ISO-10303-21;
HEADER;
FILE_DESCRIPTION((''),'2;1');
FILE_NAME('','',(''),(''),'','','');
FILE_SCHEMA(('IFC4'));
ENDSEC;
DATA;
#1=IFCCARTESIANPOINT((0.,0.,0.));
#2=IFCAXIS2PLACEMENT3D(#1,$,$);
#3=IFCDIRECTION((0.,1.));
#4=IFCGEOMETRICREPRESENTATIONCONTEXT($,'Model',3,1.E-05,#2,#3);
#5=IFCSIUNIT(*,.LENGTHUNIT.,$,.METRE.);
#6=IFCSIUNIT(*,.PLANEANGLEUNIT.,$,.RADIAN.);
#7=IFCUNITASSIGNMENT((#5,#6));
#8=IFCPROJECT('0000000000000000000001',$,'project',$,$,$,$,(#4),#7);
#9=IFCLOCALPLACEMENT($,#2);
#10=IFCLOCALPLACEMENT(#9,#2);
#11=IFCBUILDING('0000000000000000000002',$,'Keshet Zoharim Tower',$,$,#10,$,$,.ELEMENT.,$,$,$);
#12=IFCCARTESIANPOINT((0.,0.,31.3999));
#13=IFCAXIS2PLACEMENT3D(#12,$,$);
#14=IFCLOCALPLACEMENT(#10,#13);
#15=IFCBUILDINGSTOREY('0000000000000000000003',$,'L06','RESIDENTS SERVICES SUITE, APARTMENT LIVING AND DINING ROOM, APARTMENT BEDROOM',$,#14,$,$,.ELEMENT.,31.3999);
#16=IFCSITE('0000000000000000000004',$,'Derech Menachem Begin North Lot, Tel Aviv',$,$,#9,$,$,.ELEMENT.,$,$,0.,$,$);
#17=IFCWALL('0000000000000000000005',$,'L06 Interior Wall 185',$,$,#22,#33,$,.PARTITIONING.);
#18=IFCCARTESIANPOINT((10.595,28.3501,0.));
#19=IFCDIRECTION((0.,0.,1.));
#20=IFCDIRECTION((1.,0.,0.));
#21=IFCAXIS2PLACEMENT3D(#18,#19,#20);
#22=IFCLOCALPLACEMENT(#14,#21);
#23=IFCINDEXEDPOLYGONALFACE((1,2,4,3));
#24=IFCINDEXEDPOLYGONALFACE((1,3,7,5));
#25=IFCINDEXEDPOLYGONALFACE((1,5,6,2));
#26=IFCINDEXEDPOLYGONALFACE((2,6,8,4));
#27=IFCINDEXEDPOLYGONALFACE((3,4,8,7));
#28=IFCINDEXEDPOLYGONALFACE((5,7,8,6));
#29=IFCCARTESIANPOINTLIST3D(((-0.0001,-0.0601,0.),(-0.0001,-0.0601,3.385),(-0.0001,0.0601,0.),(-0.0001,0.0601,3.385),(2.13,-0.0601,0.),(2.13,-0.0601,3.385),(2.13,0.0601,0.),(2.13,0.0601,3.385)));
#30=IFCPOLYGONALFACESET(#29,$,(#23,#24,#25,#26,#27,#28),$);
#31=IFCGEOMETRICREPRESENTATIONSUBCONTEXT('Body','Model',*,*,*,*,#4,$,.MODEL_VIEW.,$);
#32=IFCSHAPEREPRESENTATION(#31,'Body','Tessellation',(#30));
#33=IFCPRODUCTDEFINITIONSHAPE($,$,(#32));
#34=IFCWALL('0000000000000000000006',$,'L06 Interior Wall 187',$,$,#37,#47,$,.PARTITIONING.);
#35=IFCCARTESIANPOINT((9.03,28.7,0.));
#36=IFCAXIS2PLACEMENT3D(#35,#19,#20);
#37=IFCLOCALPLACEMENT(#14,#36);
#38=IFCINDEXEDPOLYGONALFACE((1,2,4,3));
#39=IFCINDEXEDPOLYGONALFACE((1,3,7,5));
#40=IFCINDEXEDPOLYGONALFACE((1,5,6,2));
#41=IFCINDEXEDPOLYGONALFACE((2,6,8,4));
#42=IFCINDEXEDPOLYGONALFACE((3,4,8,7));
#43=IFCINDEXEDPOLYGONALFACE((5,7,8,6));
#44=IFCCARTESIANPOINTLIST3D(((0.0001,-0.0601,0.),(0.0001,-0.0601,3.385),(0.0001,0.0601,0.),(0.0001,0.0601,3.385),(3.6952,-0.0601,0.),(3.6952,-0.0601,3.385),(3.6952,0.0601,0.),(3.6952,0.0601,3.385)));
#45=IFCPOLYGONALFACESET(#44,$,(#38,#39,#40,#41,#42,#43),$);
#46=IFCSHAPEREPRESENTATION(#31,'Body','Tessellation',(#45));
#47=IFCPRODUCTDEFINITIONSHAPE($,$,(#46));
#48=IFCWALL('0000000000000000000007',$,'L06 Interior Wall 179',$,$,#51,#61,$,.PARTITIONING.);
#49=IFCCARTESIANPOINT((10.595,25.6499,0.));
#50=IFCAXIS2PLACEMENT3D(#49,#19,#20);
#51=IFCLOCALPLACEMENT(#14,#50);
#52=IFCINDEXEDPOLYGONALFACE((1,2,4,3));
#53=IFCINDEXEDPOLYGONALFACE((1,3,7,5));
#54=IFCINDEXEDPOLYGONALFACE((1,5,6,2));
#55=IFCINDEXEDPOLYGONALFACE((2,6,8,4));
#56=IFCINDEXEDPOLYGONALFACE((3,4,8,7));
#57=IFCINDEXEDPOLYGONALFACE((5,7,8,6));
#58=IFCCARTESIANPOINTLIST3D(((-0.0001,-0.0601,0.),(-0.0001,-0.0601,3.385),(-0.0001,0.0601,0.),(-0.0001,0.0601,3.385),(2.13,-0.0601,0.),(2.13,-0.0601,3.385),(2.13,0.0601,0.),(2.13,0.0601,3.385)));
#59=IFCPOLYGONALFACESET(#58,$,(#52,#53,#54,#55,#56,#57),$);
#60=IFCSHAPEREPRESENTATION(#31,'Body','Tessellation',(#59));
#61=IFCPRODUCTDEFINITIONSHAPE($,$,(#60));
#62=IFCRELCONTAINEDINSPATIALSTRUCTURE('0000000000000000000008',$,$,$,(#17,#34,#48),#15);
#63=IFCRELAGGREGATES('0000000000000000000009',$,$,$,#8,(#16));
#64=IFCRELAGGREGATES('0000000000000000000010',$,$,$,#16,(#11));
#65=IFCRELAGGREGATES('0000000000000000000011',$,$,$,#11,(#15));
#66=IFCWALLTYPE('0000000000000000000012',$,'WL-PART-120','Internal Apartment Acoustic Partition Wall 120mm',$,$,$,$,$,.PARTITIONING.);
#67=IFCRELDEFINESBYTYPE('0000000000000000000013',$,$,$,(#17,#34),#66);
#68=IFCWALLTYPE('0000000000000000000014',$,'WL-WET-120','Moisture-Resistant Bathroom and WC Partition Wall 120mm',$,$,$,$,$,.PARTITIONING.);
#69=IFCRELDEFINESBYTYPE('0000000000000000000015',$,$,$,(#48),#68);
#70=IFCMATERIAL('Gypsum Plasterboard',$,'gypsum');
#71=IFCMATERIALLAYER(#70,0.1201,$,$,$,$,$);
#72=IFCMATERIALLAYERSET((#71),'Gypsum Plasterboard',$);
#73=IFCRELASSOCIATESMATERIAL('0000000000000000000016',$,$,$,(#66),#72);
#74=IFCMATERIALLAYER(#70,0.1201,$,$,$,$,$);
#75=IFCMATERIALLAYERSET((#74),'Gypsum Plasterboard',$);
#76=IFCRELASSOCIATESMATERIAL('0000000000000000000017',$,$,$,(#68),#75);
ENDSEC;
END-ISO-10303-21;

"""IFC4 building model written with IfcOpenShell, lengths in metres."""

from ifc_helpers import new_model, si_unit, direction, frame, frame_2d, origin, place, context, subcontext, project, spatial, rectangle, extrude, material, layer, layer_set, type_object, element, save


model = new_model("IFC4")

# Units and contexts
model_context = context("Model", 3, precision=1e-05, world=origin(), true_north=direction((0.0, 1.0)))
body_context = subcontext(model_context, "Body", "Model", "MODEL_VIEW")
ifc_project = project(units=[si_unit("LENGTHUNIT", "METRE"), si_unit("PLANEANGLEUNIT", "RADIAN")], contexts=[model_context])

# Site, building, storey
site_placement = place(None, origin())
site = spatial("IfcSite", under=ifc_project, at=site_placement, Name="Derech Menachem Begin North Lot, Tel Aviv", CompositionType="ELEMENT", RefElevation=0.0)
building_placement = place(site_placement, origin())
building = spatial("IfcBuilding", under=site, at=building_placement, Name="Keshet Zoharim Tower", CompositionType="ELEMENT")
storey_placement = place(building_placement, frame((0.0, 0.0, 31.3999)))
storey = spatial("IfcBuildingStorey", under=building, at=storey_placement, Name="L06", Description="RESIDENTS SERVICES SUITE, APARTMENT LIVING AND DINING ROOM, APARTMENT BEDROOM", CompositionType="ELEMENT", Elevation=31.3999)

# Shared definitions
ifc_material_1 = material(Name="Gypsum Plasterboard", Category="gypsum")
ifc_layer_1 = layer(ifc_material_1, 0.1201)
ifc_layer_set_1 = layer_set([ifc_layer_1], Name="Gypsum Plasterboard")
wall_type_1 = type_object("IfcWallType", Name="WL-PART-120", Description="Internal Apartment Acoustic Partition Wall 120mm", PredefinedType="PARTITIONING", material=ifc_layer_set_1)

# Walls
wall_1_placement = place(storey_placement, frame((10.595, 28.3501, 0.0), z_axis=(0.0, 0.0, 1.0), x_axis=(1.0, 0.0, 0.0)))
element("IfcWall", 1, at=wall_1_placement, inside=storey, type_object=wall_type_1, Name="L06 Interior Wall 185", PredefinedType="PARTITIONING", context=body_context, shape_type="SweptSolid", body=[
    extrude(rectangle(XDim=2.1301, YDim=0.1201, at=frame_2d((1.0649, 0.0))), origin(), (0.0, 0.0, 1.0), 3.385),
])
wall_2_placement = place(storey_placement, frame((9.03, 28.7, 0.0), z_axis=(0.0, 0.0, 1.0), x_axis=(1.0, 0.0, 0.0)))
element("IfcWall", 2, at=wall_2_placement, inside=storey, type_object=wall_type_1, Name="L06 Interior Wall 187", PredefinedType="PARTITIONING", context=body_context, shape_type="SweptSolid", body=[
    extrude(rectangle(XDim=3.6951, YDim=0.1201, at=frame_2d((1.8477, 0.0))), origin(), (0.0, 0.0, 1.0), 3.385),
])

# Wall
ifc_layer_2 = layer(ifc_material_1, 0.1201)
ifc_layer_set_2 = layer_set([ifc_layer_2], Name="Gypsum Plasterboard")
wall_type_2 = type_object("IfcWallType", Name="WL-WET-120", Description="Moisture-Resistant Bathroom and WC Partition Wall 120mm", PredefinedType="PARTITIONING", material=ifc_layer_set_2)
wall_3_placement = place(storey_placement, frame((10.595, 25.6499, 0.0), z_axis=(0.0, 0.0, 1.0), x_axis=(1.0, 0.0, 0.0)))
element("IfcWall", 3, at=wall_3_placement, inside=storey, type_object=wall_type_2, Name="L06 Interior Wall 179", PredefinedType="PARTITIONING", context=body_context, shape_type="SweptSolid", body=[
    extrude(rectangle(XDim=2.1301, YDim=0.1201, at=frame_2d((1.0649, 0.0))), origin(), (0.0, 0.0, 1.0), 3.385),
])

save(model, "model.ifc")
